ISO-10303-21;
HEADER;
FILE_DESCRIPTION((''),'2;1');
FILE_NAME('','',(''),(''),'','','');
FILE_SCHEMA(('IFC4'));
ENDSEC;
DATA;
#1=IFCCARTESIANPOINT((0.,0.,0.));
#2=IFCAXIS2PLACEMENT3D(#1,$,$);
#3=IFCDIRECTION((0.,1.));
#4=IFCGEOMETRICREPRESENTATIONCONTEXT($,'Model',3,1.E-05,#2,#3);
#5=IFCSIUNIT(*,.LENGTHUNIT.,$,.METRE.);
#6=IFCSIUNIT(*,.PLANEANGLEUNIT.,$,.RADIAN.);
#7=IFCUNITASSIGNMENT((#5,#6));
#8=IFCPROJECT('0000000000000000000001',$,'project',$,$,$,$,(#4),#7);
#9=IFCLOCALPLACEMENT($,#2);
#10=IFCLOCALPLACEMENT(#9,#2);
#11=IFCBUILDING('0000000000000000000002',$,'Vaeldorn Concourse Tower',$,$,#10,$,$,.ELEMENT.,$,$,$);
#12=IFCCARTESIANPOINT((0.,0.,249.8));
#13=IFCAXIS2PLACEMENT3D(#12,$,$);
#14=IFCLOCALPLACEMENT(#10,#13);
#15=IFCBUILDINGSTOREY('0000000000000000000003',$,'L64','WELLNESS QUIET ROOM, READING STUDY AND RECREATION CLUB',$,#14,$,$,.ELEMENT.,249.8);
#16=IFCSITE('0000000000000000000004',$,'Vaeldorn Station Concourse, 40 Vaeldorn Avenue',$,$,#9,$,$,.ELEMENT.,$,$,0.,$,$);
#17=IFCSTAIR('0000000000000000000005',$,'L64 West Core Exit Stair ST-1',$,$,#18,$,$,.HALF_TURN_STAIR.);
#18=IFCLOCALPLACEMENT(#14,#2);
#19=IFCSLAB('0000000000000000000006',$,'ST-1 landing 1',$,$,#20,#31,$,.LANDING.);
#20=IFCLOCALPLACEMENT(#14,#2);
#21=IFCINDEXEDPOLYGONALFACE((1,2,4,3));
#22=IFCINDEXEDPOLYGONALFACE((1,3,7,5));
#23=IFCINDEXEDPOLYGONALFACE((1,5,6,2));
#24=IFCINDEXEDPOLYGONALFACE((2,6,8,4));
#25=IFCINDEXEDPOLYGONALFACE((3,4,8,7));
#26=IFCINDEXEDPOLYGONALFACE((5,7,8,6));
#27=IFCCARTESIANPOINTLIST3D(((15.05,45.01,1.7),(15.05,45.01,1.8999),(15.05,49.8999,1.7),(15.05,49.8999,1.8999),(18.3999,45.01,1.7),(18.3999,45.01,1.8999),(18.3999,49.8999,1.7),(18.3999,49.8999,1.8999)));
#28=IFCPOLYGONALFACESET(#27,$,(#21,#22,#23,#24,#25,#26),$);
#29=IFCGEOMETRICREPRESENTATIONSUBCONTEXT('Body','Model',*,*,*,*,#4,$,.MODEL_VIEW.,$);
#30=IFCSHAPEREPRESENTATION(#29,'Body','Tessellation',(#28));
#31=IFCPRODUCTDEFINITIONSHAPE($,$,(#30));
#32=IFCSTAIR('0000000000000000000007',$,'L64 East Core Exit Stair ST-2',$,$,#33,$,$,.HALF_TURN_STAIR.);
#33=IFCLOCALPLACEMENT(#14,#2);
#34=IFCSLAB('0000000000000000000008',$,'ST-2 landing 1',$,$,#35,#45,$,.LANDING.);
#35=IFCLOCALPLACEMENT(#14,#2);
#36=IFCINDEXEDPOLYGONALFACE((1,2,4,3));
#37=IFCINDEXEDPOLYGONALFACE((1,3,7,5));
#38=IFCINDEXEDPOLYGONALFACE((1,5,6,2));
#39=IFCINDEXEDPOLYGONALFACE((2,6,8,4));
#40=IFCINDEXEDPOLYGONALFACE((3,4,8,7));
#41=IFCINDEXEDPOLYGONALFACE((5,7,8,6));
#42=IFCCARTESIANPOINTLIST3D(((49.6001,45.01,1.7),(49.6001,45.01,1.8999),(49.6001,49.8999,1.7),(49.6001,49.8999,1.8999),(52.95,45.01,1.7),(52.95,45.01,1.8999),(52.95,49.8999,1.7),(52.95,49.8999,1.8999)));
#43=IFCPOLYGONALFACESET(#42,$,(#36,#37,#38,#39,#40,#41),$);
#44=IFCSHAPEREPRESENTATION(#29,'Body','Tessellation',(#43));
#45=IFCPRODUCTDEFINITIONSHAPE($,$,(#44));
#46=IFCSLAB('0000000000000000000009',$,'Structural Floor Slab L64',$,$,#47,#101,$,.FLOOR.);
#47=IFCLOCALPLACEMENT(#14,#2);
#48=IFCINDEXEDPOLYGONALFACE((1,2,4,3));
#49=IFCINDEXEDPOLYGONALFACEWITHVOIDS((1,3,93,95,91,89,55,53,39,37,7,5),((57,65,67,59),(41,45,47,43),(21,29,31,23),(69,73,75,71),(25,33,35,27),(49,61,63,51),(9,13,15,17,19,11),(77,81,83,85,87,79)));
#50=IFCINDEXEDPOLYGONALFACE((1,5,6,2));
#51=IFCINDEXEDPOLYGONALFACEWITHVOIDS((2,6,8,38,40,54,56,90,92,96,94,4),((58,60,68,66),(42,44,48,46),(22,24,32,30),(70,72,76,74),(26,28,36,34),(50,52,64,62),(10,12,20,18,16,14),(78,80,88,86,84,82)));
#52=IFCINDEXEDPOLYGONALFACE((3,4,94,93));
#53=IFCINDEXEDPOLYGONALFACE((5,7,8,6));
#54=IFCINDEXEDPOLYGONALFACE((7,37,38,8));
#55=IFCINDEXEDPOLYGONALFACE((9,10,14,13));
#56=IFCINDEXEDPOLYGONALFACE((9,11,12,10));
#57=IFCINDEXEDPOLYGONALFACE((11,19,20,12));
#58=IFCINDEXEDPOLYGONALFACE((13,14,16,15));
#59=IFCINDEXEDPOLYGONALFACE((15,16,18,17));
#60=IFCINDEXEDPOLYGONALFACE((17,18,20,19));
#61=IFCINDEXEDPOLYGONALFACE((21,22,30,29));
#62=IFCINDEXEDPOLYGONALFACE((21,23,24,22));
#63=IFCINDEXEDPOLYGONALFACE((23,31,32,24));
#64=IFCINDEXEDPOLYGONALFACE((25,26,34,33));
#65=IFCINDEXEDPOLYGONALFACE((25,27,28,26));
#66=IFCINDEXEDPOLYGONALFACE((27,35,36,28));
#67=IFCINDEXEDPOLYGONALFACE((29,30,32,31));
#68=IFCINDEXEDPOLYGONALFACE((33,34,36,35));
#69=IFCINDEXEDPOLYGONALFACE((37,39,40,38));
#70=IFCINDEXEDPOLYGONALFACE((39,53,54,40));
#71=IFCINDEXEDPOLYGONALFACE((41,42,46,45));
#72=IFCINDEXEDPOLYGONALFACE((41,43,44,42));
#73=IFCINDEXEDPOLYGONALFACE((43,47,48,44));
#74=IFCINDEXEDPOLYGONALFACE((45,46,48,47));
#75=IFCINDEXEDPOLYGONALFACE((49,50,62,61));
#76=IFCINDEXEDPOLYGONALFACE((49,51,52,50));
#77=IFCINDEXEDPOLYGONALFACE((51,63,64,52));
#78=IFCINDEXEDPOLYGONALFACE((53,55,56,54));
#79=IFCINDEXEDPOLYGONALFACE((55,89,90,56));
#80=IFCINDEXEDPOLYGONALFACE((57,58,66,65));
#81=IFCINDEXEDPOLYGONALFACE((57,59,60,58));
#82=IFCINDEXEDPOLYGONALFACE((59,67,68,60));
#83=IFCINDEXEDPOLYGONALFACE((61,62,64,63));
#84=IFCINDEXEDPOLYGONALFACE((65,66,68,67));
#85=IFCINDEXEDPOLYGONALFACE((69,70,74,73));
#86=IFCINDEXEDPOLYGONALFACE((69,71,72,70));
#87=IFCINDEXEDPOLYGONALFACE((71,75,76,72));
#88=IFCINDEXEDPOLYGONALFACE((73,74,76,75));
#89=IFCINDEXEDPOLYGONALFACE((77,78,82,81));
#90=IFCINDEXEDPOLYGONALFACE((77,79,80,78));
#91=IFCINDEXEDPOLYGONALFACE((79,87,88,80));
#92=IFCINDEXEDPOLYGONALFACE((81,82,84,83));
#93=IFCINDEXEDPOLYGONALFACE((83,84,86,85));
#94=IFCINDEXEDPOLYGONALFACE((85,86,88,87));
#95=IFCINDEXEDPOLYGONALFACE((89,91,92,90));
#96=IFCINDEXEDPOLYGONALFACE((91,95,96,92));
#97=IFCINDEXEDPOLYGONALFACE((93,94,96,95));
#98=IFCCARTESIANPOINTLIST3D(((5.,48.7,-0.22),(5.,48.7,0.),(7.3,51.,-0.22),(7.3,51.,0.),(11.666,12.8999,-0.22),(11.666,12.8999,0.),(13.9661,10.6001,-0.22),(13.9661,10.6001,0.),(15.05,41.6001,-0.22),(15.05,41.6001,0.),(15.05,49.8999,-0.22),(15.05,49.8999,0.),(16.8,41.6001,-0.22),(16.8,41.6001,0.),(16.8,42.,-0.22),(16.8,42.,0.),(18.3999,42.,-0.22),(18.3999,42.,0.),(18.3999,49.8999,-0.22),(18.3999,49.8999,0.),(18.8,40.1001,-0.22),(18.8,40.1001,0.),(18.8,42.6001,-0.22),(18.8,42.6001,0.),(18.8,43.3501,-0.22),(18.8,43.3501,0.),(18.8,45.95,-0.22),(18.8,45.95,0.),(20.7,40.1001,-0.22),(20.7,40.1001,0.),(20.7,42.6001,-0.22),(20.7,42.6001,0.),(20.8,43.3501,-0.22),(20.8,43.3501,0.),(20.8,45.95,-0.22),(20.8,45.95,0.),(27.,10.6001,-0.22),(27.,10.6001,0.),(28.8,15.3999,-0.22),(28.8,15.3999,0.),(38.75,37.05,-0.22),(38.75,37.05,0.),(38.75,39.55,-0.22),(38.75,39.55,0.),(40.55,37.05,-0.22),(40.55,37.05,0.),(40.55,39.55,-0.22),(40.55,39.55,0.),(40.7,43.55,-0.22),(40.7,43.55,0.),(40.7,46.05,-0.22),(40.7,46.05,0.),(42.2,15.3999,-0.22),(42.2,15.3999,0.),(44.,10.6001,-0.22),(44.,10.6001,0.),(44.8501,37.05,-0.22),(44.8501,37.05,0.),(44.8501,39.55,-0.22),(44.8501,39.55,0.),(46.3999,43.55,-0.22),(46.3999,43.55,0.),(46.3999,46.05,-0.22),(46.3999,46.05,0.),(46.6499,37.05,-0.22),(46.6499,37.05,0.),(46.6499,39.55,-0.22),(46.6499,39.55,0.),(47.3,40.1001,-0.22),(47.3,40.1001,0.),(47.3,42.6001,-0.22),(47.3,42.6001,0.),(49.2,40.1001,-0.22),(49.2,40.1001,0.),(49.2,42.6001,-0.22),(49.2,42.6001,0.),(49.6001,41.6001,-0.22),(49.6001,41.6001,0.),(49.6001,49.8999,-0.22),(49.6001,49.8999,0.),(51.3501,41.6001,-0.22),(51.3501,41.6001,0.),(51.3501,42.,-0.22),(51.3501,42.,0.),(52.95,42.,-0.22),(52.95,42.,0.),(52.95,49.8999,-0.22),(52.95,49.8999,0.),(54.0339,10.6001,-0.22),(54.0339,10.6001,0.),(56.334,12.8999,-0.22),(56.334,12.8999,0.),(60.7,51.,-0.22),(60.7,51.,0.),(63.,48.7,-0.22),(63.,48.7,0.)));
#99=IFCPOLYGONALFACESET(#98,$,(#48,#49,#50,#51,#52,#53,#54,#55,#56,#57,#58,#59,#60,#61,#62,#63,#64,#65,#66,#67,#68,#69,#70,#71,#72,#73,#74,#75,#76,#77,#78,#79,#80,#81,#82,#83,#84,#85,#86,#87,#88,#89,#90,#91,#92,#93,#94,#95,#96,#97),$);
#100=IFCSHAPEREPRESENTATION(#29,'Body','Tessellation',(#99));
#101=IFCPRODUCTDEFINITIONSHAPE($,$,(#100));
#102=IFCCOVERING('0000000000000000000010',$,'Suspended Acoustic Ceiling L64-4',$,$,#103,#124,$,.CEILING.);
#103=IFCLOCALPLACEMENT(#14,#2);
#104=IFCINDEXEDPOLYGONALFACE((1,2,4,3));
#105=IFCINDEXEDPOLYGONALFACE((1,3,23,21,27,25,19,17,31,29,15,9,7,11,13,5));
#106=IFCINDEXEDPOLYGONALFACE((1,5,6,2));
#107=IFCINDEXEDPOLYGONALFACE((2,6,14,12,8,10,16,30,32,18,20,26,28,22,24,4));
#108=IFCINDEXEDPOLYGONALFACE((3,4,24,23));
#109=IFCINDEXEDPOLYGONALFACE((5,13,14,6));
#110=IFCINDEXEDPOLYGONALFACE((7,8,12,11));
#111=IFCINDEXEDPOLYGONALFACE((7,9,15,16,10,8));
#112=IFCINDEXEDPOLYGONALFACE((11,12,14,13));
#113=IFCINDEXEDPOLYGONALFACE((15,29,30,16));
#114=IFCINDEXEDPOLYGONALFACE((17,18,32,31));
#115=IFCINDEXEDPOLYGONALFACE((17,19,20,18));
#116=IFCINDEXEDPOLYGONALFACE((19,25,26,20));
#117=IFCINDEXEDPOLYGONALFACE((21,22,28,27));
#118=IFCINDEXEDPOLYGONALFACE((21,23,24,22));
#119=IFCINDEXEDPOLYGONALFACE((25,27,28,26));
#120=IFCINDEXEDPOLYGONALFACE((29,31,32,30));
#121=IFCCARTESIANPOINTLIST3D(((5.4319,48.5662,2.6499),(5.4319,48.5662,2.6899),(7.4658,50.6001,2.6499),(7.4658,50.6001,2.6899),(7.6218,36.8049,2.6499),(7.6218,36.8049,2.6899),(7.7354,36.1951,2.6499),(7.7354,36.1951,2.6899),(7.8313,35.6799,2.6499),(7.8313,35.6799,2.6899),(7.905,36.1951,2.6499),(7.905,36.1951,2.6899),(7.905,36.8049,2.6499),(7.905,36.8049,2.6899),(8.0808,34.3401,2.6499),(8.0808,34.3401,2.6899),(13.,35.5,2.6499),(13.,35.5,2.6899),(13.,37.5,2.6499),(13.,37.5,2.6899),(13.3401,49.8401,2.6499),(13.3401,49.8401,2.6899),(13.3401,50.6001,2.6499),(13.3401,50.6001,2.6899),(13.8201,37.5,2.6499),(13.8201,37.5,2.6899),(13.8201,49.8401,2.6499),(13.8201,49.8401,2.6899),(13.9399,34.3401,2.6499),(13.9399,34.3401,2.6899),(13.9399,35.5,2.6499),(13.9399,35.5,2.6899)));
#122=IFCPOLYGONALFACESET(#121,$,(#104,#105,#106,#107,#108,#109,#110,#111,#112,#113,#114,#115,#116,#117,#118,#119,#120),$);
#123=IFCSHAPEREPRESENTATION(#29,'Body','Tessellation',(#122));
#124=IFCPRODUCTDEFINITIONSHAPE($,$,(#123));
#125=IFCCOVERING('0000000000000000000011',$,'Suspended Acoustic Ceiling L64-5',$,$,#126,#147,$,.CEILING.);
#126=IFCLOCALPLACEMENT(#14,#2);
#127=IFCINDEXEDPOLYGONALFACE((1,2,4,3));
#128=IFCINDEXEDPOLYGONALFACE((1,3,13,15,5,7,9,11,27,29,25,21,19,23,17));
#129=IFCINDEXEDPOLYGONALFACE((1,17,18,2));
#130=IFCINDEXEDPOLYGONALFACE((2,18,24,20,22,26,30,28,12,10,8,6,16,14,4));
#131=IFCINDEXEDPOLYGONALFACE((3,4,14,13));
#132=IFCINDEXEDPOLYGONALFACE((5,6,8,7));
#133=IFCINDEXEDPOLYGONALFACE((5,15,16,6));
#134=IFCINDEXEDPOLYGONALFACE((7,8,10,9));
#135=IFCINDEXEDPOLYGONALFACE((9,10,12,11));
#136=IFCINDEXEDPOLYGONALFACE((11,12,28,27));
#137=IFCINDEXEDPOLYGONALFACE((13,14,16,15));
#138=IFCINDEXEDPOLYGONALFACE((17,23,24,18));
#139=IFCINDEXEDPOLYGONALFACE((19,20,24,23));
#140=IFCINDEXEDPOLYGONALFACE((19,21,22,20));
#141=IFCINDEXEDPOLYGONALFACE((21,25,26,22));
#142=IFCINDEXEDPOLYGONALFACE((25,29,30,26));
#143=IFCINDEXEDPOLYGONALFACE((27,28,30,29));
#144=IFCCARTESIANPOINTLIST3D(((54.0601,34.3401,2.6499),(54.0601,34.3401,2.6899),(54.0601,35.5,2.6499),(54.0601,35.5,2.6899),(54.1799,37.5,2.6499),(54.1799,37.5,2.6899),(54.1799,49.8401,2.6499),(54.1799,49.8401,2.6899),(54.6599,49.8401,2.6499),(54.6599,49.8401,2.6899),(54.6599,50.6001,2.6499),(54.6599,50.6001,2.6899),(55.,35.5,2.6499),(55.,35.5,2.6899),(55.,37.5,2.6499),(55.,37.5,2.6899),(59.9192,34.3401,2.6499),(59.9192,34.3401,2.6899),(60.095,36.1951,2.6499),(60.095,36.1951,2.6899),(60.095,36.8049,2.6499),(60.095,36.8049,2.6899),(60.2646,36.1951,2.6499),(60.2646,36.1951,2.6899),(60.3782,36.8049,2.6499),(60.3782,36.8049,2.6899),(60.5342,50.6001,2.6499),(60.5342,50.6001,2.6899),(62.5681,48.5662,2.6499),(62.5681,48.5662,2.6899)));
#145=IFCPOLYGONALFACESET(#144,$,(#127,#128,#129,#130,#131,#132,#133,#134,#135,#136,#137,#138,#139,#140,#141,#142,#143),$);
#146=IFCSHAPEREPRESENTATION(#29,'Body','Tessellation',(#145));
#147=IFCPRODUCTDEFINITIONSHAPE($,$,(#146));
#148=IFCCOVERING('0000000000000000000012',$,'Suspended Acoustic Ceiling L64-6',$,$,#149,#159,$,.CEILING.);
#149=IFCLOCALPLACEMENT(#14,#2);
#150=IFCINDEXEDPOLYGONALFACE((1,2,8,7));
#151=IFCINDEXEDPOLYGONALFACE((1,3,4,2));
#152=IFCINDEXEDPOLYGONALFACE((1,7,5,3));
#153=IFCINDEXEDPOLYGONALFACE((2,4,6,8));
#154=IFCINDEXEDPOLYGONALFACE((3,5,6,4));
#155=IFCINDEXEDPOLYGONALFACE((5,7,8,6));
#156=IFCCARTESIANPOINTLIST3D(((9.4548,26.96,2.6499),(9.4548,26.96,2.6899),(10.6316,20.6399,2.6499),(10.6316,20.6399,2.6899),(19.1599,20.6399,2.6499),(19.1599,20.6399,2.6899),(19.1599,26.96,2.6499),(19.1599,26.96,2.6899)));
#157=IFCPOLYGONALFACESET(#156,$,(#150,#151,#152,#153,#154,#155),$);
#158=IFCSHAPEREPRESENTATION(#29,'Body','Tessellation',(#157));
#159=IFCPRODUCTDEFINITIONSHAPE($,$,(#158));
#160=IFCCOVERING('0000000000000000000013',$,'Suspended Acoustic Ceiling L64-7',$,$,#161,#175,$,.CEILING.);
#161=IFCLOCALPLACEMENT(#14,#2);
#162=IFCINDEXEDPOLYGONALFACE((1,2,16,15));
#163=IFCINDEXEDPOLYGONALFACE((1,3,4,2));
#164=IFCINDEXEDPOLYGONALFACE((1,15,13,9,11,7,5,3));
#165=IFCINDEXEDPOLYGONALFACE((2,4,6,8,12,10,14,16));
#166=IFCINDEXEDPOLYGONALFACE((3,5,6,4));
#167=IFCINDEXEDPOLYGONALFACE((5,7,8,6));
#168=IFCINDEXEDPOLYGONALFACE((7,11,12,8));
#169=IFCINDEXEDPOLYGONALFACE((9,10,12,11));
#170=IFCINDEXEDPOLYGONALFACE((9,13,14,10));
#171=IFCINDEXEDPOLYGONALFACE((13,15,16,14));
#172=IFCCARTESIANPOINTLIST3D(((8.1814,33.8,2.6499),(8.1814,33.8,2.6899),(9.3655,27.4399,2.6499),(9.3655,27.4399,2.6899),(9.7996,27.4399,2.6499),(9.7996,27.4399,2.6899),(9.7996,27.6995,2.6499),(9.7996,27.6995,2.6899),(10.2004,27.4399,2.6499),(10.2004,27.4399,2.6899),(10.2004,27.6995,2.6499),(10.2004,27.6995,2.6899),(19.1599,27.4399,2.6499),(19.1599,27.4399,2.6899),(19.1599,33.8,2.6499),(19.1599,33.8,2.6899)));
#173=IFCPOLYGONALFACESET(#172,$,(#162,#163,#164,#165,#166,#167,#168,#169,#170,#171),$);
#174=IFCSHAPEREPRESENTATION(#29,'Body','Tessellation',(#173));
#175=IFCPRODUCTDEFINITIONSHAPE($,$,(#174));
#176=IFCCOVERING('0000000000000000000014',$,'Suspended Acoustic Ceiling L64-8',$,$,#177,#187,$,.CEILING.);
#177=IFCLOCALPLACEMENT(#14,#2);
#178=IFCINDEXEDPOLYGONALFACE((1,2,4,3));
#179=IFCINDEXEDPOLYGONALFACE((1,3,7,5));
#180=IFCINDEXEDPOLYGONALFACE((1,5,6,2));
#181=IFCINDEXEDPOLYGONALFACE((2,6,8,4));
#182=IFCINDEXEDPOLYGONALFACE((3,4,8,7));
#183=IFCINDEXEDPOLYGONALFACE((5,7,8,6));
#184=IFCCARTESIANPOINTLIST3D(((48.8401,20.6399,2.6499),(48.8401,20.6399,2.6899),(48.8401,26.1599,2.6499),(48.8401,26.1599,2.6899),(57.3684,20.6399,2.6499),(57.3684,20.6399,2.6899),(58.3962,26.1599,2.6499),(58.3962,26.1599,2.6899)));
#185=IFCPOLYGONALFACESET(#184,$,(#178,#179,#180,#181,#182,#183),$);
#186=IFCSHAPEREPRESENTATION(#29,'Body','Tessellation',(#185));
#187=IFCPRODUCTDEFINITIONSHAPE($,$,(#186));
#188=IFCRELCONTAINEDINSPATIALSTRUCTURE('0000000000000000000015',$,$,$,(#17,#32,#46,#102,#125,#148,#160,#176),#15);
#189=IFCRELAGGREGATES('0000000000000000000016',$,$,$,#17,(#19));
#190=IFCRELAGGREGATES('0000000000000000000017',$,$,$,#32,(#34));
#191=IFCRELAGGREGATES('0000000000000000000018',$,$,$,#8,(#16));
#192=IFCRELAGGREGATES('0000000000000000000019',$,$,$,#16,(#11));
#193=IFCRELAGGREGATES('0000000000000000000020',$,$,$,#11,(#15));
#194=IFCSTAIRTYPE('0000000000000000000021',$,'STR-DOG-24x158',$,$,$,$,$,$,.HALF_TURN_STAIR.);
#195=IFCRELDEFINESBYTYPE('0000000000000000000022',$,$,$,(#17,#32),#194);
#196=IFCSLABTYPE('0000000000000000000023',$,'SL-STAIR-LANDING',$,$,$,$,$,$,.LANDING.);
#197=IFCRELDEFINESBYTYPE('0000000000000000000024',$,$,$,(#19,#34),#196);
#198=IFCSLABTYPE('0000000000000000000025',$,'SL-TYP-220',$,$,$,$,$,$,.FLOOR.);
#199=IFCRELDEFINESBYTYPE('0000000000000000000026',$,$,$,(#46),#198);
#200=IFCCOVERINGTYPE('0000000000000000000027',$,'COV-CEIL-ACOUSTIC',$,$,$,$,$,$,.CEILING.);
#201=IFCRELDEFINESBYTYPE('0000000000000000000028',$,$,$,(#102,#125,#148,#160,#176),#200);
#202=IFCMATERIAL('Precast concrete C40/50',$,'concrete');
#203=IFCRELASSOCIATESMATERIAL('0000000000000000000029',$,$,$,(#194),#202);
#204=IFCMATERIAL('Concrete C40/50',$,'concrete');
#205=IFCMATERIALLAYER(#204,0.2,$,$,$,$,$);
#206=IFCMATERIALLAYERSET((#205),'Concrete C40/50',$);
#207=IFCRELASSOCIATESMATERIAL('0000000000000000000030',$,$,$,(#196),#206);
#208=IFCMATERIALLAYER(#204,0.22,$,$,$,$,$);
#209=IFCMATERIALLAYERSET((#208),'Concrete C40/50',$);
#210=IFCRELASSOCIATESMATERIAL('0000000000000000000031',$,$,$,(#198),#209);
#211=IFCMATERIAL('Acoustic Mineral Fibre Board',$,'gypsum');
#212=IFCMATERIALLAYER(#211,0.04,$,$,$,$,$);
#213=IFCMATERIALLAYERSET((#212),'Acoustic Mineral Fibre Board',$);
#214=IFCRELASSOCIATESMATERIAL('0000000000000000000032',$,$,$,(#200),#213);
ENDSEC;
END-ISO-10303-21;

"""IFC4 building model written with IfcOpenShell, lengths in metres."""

from ifc_helpers import new_model, si_unit, direction, frame, origin, place, context, subcontext, project, spatial, polyline, outline, extrude, material, layer, layer_set, type_object, element, aggregate, save


model = new_model("IFC4")

# Units and contexts
model_context = context("Model", 3, precision=1e-05, world=origin(), true_north=direction((0.0, 1.0)))
body_context = subcontext(model_context, "Body", "Model", "MODEL_VIEW")
ifc_project = project(units=[si_unit("LENGTHUNIT", "METRE"), si_unit("PLANEANGLEUNIT", "RADIAN")], contexts=[model_context])

# Site, building, storey
site_placement = place(None, origin())
site = spatial("IfcSite", under=ifc_project, at=site_placement, Name="Vaeldorn Station Concourse, 40 Vaeldorn Avenue", CompositionType="ELEMENT", RefElevation=0.0)
building_placement = place(site_placement, origin())
building = spatial("IfcBuilding", under=site, at=building_placement, Name="Vaeldorn Concourse Tower", CompositionType="ELEMENT")
storey_placement = place(building_placement, frame((0.0, 0.0, 249.8)))
storey = spatial("IfcBuildingStorey", under=building, at=storey_placement, Name="L64", Description="WELLNESS QUIET ROOM, READING STUDY AND RECREATION CLUB", CompositionType="ELEMENT", Elevation=249.8)

# Stairs, slabs
ifc_material_1 = material(Name="Precast concrete C40/50", Category="concrete")
stair_type = type_object("IfcStairType", Name="STR-DOG-24x158", PredefinedType="HALF_TURN_STAIR", material=ifc_material_1)
stair_1_placement = place(storey_placement, origin())
stair_1 = element("IfcStair", 1, at=stair_1_placement, inside=storey, type_object=stair_type, Name="L64 West Core Exit Stair ST-1", PredefinedType="HALF_TURN_STAIR")
ifc_material_2 = material(Name="Concrete C40/50", Category="concrete")
ifc_layer_1 = layer(ifc_material_2, 0.2)
ifc_layer_set_1 = layer_set([ifc_layer_1], Name="Concrete C40/50")
slab_type_1 = type_object("IfcSlabType", Name="SL-STAIR-LANDING", PredefinedType="LANDING", material=ifc_layer_set_1)
slab_1_placement = place(storey_placement, frame((0.0, 0.0, 1.7)))
slab_1 = element("IfcSlab", 2, at=slab_1_placement, type_object=slab_type_1, Name="ST-1 landing 1", PredefinedType="LANDING", context=body_context, shape_type="SweptSolid", body=[
    extrude(outline(polyline([(18.3999, 45.01), (18.3999, 49.8999), (15.05, 49.8999), (15.05, 45.01), (18.3999, 45.01)])), origin(), (0.0, 0.0, 1.0), 0.2),
])
aggregate(stair_1, [slab_1])
stair_2_placement = place(storey_placement, origin())
stair_2 = element("IfcStair", 3, at=stair_2_placement, inside=storey, type_object=stair_type, Name="L64 East Core Exit Stair ST-2", PredefinedType="HALF_TURN_STAIR")
slab_2_placement = place(storey_placement, frame((0.0, 0.0, 1.7)))
slab_2 = element("IfcSlab", 4, at=slab_2_placement, type_object=slab_type_1, Name="ST-2 landing 1", PredefinedType="LANDING", context=body_context, shape_type="SweptSolid", body=[
    extrude(outline(polyline([(52.95, 45.01), (52.95, 49.8999), (49.6001, 49.8999), (49.6001, 45.01), (52.95, 45.01)])), origin(), (0.0, 0.0, 1.0), 0.2),
])
aggregate(stair_2, [slab_2])

# Slab
ifc_layer_2 = layer(ifc_material_2, 0.22)
ifc_layer_set_2 = layer_set([ifc_layer_2], Name="Concrete C40/50")
slab_type_2 = type_object("IfcSlabType", Name="SL-TYP-220", PredefinedType="FLOOR", material=ifc_layer_set_2)
slab_3_placement = place(storey_placement, frame((0.0, 0.0, -0.22)))
element("IfcSlab", 5, at=slab_3_placement, inside=storey, type_object=slab_type_2, Name="Structural Floor Slab L64", PredefinedType="FLOOR", context=body_context, shape_type="SweptSolid", body=[
    extrude(outline(polyline([(13.9661, 10.6001), (27.0, 10.6001), (28.8, 15.3999), (42.2, 15.3999), (44.0, 10.6001), (54.0339, 10.6001), (56.334, 12.8999), (63.0, 48.7), (60.7, 51.0), (7.3, 51.0), (5.0, 48.7), (11.666, 12.8999), (13.9661, 10.6001)]), holes=[polyline([(18.3999, 42.0), (18.3999, 49.8999), (15.05, 49.8999), (15.05, 41.6001), (16.8, 41.6001), (16.8, 42.0), (18.3999, 42.0)]), polyline([(52.95, 42.0), (52.95, 49.8999), (49.6001, 49.8999), (49.6001, 41.6001), (51.3501, 41.6001), (51.3501, 42.0), (52.95, 42.0)]), polyline([(38.75, 37.05), (40.55, 37.05), (40.55, 39.55), (38.75, 39.55), (38.75, 37.05)]), polyline([(44.8501, 37.05), (46.6499, 37.05), (46.6499, 39.55), (44.8501, 39.55), (44.8501, 37.05)]), polyline([(40.7, 43.55), (46.3999, 43.55), (46.3999, 46.05), (40.7, 46.05), (40.7, 43.55)]), polyline([(18.8, 43.3501), (20.8, 43.3501), (20.8, 45.95), (18.8, 45.95), (18.8, 43.3501)]), polyline([(18.8, 40.1001), (20.7, 40.1001), (20.7, 42.6001), (18.8, 42.6001), (18.8, 40.1001)]), polyline([(47.3, 40.1001), (49.2, 40.1001), (49.2, 42.6001), (47.3, 42.6001), (47.3, 40.1001)])]), origin(), (0.0, 0.0, 1.0), 0.22),
])

# Coverings
ifc_material_3 = material(Name="Acoustic Mineral Fibre Board", Category="gypsum")
ifc_layer_3 = layer(ifc_material_3, 0.04)
ifc_layer_set_3 = layer_set([ifc_layer_3], Name="Acoustic Mineral Fibre Board")
covering_type_1 = type_object("IfcCoveringType", Name="COV-CEIL-ACOUSTIC", PredefinedType="CEILING", material=ifc_layer_set_3)
covering_1_placement = place(storey_placement, frame((0.0, 0.0, 2.6499)))
element("IfcCovering", 6, at=covering_1_placement, inside=storey, type_object=covering_type_1, Name="Suspended Acoustic Ceiling L64-4", PredefinedType="CEILING", context=body_context, shape_type="SweptSolid", body=[
    extrude(outline(polyline([(7.4658, 50.6001), (13.3401, 50.6001), (13.3401, 49.8401), (13.8201, 49.8401), (13.8201, 37.5), (13.0, 37.5), (13.0, 35.5), (13.9399, 35.5), (13.9399, 34.3401), (8.0808, 34.3401), (7.8313, 35.6799), (7.8313, 35.6799), (7.7354, 36.1951), (7.905, 36.1951), (7.905, 36.8049), (7.6218, 36.8049), (5.4319, 48.5662), (7.4658, 50.6001)])), origin(), (0.0, 0.0, 1.0), 0.04),
])
covering_2_placement = place(storey_placement, frame((0.0, 0.0, 2.6499)))
element("IfcCovering", 7, at=covering_2_placement, inside=storey, type_object=covering_type_1, Name="Suspended Acoustic Ceiling L64-5", PredefinedType="CEILING", context=body_context, shape_type="SweptSolid", body=[
    extrude(outline(polyline([(54.1799, 49.8401), (54.6599, 49.8401), (54.6599, 50.6001), (60.5342, 50.6001), (62.5681, 48.5662), (60.3782, 36.8049), (60.095, 36.8049), (60.095, 36.1951), (60.2646, 36.1951), (59.9192, 34.3401), (54.0601, 34.3401), (54.0601, 35.5), (55.0, 35.5), (55.0, 37.5), (54.1799, 37.5), (54.1799, 49.8401)])), origin(), (0.0, 0.0, 1.0), 0.04),
])
covering_3_placement = place(storey_placement, frame((0.0, 0.0, 2.6499)))
element("IfcCovering", 8, at=covering_3_placement, inside=storey, type_object=covering_type_1, Name="Suspended Acoustic Ceiling L64-6", PredefinedType="CEILING", context=body_context, shape_type="SweptSolid", body=[
    extrude(outline(polyline([(19.1599, 26.96), (19.1599, 20.6399), (10.6316, 20.6399), (9.4548, 26.96), (19.1599, 26.96)])), origin(), (0.0, 0.0, 1.0), 0.04),
])
covering_4_placement = place(storey_placement, frame((0.0, 0.0, 2.6499)))
element("IfcCovering", 9, at=covering_4_placement, inside=storey, type_object=covering_type_1, Name="Suspended Acoustic Ceiling L64-7", PredefinedType="CEILING", context=body_context, shape_type="SweptSolid", body=[
    extrude(outline(polyline([(19.1599, 33.8), (19.1599, 27.4399), (10.2004, 27.4399), (10.2004, 27.6995), (9.7996, 27.6995), (9.7996, 27.4399), (9.3655, 27.4399), (8.1814, 33.8), (19.1599, 33.8)])), origin(), (0.0, 0.0, 1.0), 0.04),
])
covering_5_placement = place(storey_placement, frame((0.0, 0.0, 2.6499)))
element("IfcCovering", 10, at=covering_5_placement, inside=storey, type_object=covering_type_1, Name="Suspended Acoustic Ceiling L64-8", PredefinedType="CEILING", context=body_context, shape_type="SweptSolid", body=[
    extrude(outline(polyline([(48.8401, 20.6399), (48.8401, 26.1599), (58.3962, 26.1599), (57.3684, 20.6399), (48.8401, 20.6399)])), origin(), (0.0, 0.0, 1.0), 0.04),
])

save(model, "model.ifc")
